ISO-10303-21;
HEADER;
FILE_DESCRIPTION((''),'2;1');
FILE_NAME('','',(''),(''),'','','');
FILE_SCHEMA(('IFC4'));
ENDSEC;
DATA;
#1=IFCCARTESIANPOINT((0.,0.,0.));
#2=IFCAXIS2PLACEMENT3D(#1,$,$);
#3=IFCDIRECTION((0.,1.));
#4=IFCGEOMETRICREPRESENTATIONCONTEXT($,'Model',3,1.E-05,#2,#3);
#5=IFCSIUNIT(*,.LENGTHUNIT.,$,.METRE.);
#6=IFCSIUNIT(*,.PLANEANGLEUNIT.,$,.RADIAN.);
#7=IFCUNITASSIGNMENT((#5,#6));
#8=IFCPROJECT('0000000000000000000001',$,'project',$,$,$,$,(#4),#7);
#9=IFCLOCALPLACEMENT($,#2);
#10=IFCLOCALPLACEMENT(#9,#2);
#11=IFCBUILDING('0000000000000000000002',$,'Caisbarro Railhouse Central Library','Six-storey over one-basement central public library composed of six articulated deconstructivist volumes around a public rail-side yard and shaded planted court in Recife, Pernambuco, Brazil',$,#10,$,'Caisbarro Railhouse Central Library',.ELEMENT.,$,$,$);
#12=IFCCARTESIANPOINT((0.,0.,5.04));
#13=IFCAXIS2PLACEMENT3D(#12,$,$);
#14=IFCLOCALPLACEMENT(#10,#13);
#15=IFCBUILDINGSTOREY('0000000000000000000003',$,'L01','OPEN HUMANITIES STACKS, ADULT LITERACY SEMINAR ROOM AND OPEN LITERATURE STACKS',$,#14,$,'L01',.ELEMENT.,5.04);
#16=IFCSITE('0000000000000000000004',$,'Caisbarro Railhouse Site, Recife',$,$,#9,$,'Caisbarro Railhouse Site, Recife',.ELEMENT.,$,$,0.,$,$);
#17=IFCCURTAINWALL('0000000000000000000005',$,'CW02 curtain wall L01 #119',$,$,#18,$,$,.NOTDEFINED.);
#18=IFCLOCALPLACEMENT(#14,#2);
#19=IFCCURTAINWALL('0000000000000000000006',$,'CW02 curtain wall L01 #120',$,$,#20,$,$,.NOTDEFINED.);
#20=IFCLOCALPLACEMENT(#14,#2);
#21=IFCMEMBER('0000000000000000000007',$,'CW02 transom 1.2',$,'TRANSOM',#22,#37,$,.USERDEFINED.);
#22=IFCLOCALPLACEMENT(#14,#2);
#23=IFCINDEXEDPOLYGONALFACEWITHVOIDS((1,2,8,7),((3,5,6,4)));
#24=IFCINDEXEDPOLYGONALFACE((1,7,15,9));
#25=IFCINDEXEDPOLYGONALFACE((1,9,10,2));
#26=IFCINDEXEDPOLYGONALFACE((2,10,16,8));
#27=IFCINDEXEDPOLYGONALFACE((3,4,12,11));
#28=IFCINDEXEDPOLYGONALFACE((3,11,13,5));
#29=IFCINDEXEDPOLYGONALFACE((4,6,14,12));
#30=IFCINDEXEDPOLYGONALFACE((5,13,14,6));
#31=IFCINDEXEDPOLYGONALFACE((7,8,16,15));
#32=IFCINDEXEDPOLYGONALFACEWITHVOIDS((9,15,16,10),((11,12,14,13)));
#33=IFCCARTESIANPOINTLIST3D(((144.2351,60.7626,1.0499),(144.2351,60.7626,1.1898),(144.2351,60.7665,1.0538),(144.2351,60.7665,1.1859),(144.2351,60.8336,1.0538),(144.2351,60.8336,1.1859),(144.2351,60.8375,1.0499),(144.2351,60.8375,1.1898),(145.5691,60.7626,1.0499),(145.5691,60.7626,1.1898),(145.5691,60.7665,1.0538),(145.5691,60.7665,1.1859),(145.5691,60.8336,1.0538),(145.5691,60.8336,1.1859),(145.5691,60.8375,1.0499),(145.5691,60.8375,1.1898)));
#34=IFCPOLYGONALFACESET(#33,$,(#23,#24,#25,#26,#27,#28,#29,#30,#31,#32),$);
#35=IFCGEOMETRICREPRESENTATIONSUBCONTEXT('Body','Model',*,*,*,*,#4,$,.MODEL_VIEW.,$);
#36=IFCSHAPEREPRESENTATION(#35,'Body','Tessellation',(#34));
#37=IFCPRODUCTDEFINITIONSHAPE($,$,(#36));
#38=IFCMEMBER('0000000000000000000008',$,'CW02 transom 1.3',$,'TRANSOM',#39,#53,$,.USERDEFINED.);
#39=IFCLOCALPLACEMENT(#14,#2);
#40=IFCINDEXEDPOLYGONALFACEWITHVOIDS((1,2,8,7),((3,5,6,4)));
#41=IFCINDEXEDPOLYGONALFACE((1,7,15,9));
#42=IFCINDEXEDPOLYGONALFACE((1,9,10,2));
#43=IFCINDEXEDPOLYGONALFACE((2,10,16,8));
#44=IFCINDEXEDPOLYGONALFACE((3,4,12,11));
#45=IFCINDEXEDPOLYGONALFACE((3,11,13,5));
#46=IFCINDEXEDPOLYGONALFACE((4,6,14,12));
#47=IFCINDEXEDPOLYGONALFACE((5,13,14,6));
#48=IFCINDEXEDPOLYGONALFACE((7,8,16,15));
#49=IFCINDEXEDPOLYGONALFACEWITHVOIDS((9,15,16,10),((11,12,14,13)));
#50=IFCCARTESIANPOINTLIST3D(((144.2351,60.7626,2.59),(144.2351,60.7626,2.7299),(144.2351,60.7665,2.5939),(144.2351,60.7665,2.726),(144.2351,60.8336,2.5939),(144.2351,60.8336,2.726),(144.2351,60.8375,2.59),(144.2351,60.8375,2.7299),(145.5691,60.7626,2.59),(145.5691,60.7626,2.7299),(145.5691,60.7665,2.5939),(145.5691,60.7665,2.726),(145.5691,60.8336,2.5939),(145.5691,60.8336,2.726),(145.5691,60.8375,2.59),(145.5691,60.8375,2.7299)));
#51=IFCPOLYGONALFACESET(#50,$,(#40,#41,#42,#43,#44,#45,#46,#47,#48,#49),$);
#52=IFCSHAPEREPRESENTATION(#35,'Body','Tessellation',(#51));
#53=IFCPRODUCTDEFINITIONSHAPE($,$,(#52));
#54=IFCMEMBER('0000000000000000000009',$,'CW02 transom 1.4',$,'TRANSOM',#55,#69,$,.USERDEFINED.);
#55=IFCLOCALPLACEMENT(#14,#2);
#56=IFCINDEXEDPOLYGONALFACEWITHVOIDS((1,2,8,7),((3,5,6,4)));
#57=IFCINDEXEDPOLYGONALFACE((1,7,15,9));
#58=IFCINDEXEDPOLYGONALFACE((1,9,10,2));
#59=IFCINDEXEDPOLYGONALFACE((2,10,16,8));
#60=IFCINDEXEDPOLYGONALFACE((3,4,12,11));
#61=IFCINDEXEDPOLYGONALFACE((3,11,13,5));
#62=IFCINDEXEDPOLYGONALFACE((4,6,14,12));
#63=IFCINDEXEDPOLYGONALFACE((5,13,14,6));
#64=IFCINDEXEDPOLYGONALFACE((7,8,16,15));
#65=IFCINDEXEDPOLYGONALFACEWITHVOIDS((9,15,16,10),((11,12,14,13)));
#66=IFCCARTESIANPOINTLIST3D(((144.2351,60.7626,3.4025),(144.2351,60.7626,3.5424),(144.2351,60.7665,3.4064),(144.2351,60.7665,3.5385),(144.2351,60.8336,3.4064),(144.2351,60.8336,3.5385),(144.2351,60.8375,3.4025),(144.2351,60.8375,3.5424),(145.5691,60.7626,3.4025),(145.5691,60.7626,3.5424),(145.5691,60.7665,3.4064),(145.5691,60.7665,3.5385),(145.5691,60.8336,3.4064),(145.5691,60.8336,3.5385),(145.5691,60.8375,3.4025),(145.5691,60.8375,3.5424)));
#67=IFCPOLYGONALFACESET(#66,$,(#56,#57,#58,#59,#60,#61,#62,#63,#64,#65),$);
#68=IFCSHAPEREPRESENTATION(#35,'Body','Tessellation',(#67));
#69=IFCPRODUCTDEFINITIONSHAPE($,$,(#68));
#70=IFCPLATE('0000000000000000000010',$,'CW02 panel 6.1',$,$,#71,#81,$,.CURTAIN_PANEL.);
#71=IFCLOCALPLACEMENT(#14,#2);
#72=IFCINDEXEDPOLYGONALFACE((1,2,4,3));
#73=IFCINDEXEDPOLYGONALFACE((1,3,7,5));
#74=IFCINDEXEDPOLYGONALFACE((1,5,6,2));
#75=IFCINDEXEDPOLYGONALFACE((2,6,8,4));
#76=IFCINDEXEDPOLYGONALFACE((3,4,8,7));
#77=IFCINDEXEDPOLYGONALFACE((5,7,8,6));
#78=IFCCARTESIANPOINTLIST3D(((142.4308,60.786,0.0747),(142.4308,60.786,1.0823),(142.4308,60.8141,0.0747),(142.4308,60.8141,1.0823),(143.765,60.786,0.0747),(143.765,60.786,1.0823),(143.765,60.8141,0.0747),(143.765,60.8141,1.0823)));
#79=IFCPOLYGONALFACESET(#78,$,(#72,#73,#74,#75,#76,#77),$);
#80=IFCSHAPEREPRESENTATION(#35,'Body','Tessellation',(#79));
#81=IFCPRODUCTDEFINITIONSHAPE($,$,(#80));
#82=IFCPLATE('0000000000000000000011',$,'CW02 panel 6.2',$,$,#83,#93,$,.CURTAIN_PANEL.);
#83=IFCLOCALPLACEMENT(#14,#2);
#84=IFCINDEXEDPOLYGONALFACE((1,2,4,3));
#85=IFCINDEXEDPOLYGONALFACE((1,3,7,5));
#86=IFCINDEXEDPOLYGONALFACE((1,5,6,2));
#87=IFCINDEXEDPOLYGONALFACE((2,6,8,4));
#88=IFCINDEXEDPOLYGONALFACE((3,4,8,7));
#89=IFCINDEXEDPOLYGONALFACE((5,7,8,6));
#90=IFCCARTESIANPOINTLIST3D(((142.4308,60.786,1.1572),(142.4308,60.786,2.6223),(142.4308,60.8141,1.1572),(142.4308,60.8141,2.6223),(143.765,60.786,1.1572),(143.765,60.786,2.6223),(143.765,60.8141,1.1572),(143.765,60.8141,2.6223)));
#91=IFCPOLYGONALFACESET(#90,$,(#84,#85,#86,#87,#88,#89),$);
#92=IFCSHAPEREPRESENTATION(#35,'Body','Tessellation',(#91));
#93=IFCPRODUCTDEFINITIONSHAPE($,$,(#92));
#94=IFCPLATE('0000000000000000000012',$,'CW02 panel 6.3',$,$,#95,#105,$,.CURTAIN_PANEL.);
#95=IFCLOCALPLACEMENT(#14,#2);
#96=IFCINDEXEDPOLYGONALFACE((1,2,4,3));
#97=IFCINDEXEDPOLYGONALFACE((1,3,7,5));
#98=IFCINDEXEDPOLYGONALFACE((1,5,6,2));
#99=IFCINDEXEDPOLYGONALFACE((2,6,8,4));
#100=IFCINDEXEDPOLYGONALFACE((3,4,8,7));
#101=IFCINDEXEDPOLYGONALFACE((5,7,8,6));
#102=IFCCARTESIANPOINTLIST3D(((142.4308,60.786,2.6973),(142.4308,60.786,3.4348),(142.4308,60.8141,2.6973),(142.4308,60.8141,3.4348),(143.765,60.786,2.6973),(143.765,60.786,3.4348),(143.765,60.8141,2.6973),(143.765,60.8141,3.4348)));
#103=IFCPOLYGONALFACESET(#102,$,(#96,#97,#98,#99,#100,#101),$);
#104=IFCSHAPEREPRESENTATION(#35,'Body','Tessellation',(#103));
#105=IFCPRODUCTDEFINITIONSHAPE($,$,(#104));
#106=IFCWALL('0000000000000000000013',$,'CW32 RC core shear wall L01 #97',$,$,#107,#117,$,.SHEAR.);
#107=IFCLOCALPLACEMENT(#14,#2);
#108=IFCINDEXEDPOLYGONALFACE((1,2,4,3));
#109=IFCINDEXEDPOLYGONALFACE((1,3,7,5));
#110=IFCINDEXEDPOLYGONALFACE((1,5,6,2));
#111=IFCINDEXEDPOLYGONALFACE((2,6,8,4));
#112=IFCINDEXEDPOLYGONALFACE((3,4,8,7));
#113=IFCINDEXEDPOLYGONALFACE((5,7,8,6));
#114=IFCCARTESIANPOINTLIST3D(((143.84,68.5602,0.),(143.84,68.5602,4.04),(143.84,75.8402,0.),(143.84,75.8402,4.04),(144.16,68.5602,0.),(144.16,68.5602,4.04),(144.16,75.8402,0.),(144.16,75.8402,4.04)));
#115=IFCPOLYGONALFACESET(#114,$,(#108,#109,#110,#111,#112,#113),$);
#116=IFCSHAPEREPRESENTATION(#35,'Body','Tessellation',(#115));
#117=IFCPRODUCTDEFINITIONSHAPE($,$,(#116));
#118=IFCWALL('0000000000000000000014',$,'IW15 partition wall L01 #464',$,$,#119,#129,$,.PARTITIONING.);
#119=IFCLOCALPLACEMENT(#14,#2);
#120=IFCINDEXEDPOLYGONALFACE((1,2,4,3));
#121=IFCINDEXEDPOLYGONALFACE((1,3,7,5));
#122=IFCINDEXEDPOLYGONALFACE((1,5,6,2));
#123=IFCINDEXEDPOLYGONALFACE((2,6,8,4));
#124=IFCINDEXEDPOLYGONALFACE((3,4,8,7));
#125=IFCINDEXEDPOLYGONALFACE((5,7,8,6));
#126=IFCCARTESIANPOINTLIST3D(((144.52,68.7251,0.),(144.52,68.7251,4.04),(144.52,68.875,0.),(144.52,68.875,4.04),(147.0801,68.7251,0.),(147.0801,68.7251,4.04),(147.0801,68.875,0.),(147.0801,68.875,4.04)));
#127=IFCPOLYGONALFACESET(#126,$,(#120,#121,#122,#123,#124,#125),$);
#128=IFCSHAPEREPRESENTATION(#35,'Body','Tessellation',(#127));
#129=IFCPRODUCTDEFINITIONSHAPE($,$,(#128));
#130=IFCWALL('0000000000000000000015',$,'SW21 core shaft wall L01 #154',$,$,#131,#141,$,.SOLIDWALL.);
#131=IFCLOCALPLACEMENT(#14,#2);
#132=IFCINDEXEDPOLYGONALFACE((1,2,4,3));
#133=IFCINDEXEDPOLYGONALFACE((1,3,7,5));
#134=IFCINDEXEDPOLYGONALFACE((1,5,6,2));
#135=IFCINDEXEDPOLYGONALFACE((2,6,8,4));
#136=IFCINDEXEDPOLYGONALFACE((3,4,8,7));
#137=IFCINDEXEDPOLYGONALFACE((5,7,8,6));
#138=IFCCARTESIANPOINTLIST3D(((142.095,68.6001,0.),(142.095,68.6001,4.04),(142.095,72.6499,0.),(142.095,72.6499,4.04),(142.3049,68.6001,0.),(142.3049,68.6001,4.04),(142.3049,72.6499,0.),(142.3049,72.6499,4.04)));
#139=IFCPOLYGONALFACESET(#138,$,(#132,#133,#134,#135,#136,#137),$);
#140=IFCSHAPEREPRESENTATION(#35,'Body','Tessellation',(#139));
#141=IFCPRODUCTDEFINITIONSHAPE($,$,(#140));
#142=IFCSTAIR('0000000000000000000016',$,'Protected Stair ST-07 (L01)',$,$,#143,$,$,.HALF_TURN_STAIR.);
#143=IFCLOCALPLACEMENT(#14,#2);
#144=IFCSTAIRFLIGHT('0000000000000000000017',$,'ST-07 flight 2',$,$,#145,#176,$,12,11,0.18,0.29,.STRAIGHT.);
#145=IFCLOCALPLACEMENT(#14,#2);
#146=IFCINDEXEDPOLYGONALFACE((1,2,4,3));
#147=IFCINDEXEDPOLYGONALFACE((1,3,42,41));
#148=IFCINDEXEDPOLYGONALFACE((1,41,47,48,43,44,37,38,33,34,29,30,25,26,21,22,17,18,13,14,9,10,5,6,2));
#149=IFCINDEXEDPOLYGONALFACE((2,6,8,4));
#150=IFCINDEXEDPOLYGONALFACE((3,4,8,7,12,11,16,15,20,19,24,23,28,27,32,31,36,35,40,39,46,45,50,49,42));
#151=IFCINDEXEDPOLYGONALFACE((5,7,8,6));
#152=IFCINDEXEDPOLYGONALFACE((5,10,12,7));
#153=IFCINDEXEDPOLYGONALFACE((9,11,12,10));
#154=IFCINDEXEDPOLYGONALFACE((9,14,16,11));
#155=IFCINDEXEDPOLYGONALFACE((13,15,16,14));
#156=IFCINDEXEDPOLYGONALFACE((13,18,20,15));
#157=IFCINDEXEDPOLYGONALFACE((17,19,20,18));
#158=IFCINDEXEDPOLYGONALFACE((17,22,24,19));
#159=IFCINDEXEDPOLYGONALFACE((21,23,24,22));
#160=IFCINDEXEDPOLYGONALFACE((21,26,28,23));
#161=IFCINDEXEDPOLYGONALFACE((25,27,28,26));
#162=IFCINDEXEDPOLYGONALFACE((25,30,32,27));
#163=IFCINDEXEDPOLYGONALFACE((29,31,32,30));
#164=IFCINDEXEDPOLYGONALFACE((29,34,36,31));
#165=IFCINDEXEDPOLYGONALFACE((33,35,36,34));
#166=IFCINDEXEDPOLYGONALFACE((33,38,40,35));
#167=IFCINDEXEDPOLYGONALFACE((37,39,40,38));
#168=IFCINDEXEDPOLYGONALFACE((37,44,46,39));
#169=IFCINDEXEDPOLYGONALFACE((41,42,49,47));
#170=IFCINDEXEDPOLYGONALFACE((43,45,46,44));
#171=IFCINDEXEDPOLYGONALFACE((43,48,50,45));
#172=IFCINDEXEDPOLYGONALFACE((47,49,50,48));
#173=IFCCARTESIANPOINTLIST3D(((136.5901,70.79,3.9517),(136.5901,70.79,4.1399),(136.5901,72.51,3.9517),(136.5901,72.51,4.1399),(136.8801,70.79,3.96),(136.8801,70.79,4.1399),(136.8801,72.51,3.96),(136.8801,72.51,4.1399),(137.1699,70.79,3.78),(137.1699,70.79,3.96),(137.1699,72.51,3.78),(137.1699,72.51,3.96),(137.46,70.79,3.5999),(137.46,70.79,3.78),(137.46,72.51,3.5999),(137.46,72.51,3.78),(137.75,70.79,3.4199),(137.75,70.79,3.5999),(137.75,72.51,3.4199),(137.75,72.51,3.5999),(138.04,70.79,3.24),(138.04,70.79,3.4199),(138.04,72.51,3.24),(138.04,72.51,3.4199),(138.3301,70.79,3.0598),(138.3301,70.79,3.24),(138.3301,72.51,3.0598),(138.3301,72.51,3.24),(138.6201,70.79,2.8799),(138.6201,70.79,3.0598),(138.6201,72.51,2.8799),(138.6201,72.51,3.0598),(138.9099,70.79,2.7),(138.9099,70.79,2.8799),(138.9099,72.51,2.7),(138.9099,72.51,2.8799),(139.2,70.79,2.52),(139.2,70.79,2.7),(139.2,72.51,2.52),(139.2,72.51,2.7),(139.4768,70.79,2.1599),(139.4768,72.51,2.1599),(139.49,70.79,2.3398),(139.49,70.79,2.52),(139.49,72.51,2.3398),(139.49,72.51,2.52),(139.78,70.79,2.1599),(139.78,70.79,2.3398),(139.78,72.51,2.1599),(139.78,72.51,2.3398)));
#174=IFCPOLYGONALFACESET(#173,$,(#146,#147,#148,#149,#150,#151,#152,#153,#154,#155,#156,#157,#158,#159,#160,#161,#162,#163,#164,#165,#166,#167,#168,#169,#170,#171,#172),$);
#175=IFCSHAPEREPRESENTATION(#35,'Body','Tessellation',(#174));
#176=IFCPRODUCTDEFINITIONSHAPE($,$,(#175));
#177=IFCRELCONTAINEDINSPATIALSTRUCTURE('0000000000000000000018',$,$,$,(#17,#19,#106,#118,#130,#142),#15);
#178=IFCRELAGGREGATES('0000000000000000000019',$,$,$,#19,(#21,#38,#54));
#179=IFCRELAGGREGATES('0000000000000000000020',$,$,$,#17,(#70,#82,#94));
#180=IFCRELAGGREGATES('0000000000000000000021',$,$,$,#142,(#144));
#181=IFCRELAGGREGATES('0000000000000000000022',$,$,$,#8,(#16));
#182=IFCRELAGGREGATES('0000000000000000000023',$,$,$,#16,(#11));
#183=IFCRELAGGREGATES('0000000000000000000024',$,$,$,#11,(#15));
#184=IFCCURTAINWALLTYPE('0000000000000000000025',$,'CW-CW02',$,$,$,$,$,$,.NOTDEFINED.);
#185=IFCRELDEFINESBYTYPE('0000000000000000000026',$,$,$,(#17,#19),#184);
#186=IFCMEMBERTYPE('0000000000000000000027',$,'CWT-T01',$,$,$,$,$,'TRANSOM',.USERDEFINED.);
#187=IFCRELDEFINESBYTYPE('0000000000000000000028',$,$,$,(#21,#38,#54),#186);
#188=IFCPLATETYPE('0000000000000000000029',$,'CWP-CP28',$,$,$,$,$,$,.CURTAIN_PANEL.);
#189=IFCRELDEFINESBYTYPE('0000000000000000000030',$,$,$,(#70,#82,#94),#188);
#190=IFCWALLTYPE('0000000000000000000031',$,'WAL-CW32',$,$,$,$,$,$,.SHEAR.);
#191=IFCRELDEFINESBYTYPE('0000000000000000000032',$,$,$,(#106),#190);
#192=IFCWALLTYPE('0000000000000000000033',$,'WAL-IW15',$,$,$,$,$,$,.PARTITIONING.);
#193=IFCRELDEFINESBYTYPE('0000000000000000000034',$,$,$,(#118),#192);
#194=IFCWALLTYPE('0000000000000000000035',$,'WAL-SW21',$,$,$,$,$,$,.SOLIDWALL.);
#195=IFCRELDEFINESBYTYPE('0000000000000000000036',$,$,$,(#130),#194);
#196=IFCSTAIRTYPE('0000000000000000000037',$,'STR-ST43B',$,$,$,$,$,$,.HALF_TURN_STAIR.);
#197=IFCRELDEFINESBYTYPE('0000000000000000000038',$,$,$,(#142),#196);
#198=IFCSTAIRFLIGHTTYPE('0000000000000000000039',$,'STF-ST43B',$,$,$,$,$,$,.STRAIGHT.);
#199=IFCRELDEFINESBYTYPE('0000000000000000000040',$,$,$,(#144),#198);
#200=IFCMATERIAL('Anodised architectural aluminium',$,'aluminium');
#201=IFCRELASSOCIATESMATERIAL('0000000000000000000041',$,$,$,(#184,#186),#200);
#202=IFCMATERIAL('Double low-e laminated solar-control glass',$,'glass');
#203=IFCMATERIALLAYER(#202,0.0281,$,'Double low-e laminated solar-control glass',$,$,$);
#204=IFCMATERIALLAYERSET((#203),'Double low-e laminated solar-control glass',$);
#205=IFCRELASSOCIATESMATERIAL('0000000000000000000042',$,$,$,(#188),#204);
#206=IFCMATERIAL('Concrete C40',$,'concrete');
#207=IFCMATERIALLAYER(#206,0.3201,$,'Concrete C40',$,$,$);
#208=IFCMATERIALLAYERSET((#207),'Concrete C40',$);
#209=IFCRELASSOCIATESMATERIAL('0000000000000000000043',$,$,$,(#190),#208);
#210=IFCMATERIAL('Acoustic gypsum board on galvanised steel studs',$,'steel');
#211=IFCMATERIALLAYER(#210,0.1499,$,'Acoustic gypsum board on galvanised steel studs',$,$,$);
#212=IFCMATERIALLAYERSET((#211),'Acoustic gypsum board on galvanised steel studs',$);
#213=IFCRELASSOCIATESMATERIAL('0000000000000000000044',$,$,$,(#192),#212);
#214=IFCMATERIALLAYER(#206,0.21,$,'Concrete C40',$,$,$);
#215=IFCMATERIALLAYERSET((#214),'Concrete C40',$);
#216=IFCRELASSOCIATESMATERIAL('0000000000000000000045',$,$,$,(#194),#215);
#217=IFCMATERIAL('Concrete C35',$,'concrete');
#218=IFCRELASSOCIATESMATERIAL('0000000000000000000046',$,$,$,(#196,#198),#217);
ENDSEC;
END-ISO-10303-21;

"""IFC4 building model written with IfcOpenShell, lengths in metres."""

from ifc_helpers import new_model, si_unit, direction, frame, frame_2d, origin, origin_2d, place, context, subcontext, project, spatial, polyline, rectangle, hollow_rectangle, outline, extrude, material, layer, layer_set, material_profile, profile_set, type_object, element, aggregate, save


model = new_model("IFC4")

# Units and contexts
model_context = context("Model", 3, precision=1e-05, world=origin(), true_north=direction((0.0, 1.0)))
body_context = subcontext(model_context, "Body", "Model", "MODEL_VIEW")
ifc_project = project(units=[si_unit("LENGTHUNIT", "METRE"), si_unit("PLANEANGLEUNIT", "RADIAN")], contexts=[model_context])

# Site, building, storey
site_placement = place(None, origin())
site = spatial("IfcSite", under=ifc_project, at=site_placement, Name="Caisbarro Railhouse Site, Recife", LongName="Caisbarro Railhouse Site, Recife", CompositionType="ELEMENT", RefElevation=0.0)
building_placement = place(site_placement, origin())
building = spatial("IfcBuilding", under=site, at=building_placement, Name="Caisbarro Railhouse Central Library", Description="Six-storey over one-basement central public library composed of six articulated deconstructivist volumes around a public rail-side yard and shaded planted court in Recife, Pernambuco, Brazil", LongName="Caisbarro Railhouse Central Library", CompositionType="ELEMENT")
storey_placement = place(building_placement, frame((0.0, 0.0, 5.04)))
storey = spatial("IfcBuildingStorey", under=building, at=storey_placement, Name="L01", Description="OPEN HUMANITIES STACKS, ADULT LITERACY SEMINAR ROOM AND OPEN LITERATURE STACKS", LongName="L01", CompositionType="ELEMENT", Elevation=5.04)

# Curtain walls
ifc_material_1 = material(Name="Anodised architectural aluminium", Category="aluminium")
curtain_wall_type = type_object("IfcCurtainWallType", Name="CW-CW02", PredefinedType="NOTDEFINED", material=ifc_material_1)
curtain_wall_1_placement = place(storey_placement, origin())
curtain_wall_1 = element("IfcCurtainWall", 1, at=curtain_wall_1_placement, inside=storey, type_object=curtain_wall_type, Name="CW02 curtain wall L01 #119", PredefinedType="NOTDEFINED")
curtain_wall_2_placement = place(storey_placement, origin())
curtain_wall_2 = element("IfcCurtainWall", 2, at=curtain_wall_2_placement, inside=storey, type_object=curtain_wall_type, Name="CW02 curtain wall L01 #120", PredefinedType="NOTDEFINED")

# Members
ifc_material_profile_1 = material_profile(ifc_material_1, hollow_rectangle(XDim=0.075, YDim=0.1399, WallThickness=0.0039, at=origin_2d()), Name="ALU-TRN-75X140")
ifc_profile_set_1 = profile_set([ifc_material_profile_1], Name="Anodised architectural aluminium")
member_type_1 = type_object("IfcMemberType", Name="CWT-T01", ElementType="TRANSOM", PredefinedType="USERDEFINED", material=ifc_profile_set_1)
member_1_placement = place(storey_placement, frame((144.2351, 60.8, 1.1199), z_axis=(1.0, 0.0, 0.0), x_axis=(0.0, 1.0, 0.0)))
member_1 = element("IfcMember", 3, at=member_1_placement, type_object=member_type_1, Name="CW02 transom 1.2", ObjectType="TRANSOM", PredefinedType="USERDEFINED", context=body_context, shape_type="SweptSolid", body=[
    extrude(hollow_rectangle(XDim=0.075, YDim=0.1399, WallThickness=0.0039, at=origin_2d()), origin(), (0.0, 0.0, 1.0), 1.334),
])
member_2_placement = place(storey_placement, frame((144.2351, 60.8, 2.6599), z_axis=(1.0, 0.0, 0.0), x_axis=(0.0, 1.0, 0.0)))
member_2 = element("IfcMember", 4, at=member_2_placement, type_object=member_type_1, Name="CW02 transom 1.3", ObjectType="TRANSOM", PredefinedType="USERDEFINED", context=body_context, shape_type="SweptSolid", body=[
    extrude(hollow_rectangle(XDim=0.075, YDim=0.1399, WallThickness=0.0039, at=origin_2d()), origin(), (0.0, 0.0, 1.0), 1.334),
])
member_3_placement = place(storey_placement, frame((144.2351, 60.8, 3.4724), z_axis=(1.0, 0.0, 0.0), x_axis=(0.0, 1.0, 0.0)))
member_3 = element("IfcMember", 5, at=member_3_placement, type_object=member_type_1, Name="CW02 transom 1.4", ObjectType="TRANSOM", PredefinedType="USERDEFINED", context=body_context, shape_type="SweptSolid", body=[
    extrude(hollow_rectangle(XDim=0.075, YDim=0.1399, WallThickness=0.0039, at=origin_2d()), origin(), (0.0, 0.0, 1.0), 1.334),
])
aggregate(curtain_wall_2, [member_1, member_2, member_3])

# Plates
ifc_material_2 = material(Name="Double low-e laminated solar-control glass", Category="glass")
ifc_layer_1 = layer(ifc_material_2, 0.0281, Name="Double low-e laminated solar-control glass")
ifc_layer_set_1 = layer_set([ifc_layer_1], Name="Double low-e laminated solar-control glass")
plate_type = type_object("IfcPlateType", Name="CWP-CP28", PredefinedType="CURTAIN_PANEL", material=ifc_layer_set_1)
plate_1_placement = place(storey_placement, frame((143.0979, 60.8, 0.0747), z_axis=(0.0, 0.0, 1.0), x_axis=(1.0, 0.0, 0.0)))
plate_1 = element("IfcPlate", 6, at=plate_1_placement, type_object=plate_type, Name="CW02 panel 6.1", PredefinedType="CURTAIN_PANEL", context=body_context, shape_type="SweptSolid", body=[
    extrude(rectangle(XDim=1.3342, YDim=0.0281, at=origin_2d()), origin(), (0.0, 0.0, 1.0), 1.0076),
])
plate_2_placement = place(storey_placement, frame((143.0979, 60.8, 1.1572), z_axis=(0.0, 0.0, 1.0), x_axis=(1.0, 0.0, 0.0)))
plate_2 = element("IfcPlate", 7, at=plate_2_placement, type_object=plate_type, Name="CW02 panel 6.2", PredefinedType="CURTAIN_PANEL", context=body_context, shape_type="SweptSolid", body=[
    extrude(rectangle(XDim=1.3342, YDim=0.0281, at=origin_2d()), origin(), (0.0, 0.0, 1.0), 1.4651),
])
plate_3_placement = place(storey_placement, frame((143.0979, 60.8, 2.6973), z_axis=(0.0, 0.0, 1.0), x_axis=(1.0, 0.0, 0.0)))
plate_3 = element("IfcPlate", 8, at=plate_3_placement, type_object=plate_type, Name="CW02 panel 6.3", PredefinedType="CURTAIN_PANEL", context=body_context, shape_type="SweptSolid", body=[
    extrude(rectangle(XDim=1.3342, YDim=0.0281, at=origin_2d()), origin(), (0.0, 0.0, 1.0), 0.7375),
])
aggregate(curtain_wall_1, [plate_1, plate_2, plate_3])

# Walls
ifc_material_3 = material(Name="Concrete C40", Category="concrete")
ifc_layer_2 = layer(ifc_material_3, 0.3201, Name="Concrete C40")
ifc_layer_set_2 = layer_set([ifc_layer_2], Name="Concrete C40")
wall_type_1 = type_object("IfcWallType", Name="WAL-CW32", PredefinedType="SHEAR", material=ifc_layer_set_2)
wall_1_placement = place(storey_placement, frame((144.0, 68.5601, 0.0), z_axis=(0.0, 0.0, 1.0), x_axis=(0.0, 1.0, 0.0)))
element("IfcWall", 9, at=wall_1_placement, inside=storey, type_object=wall_type_1, Name="CW32 RC core shear wall L01 #97", PredefinedType="SHEAR", context=body_context, shape_type="SweptSolid", body=[
    extrude(rectangle(XDim=7.28, YDim=0.3201, at=frame_2d((3.6401, 0.0))), origin(), (0.0, 0.0, 1.0), 4.04),
])
ifc_material_4 = material(Name="Acoustic gypsum board on galvanised steel studs", Category="steel")
ifc_layer_3 = layer(ifc_material_4, 0.1499, Name="Acoustic gypsum board on galvanised steel studs")
ifc_layer_set_3 = layer_set([ifc_layer_3], Name="Acoustic gypsum board on galvanised steel studs")
wall_type_2 = type_object("IfcWallType", Name="WAL-IW15", PredefinedType="PARTITIONING", material=ifc_layer_set_3)
wall_2_placement = place(storey_placement, frame((144.52, 68.8, 0.0), z_axis=(0.0, 0.0, 1.0), x_axis=(1.0, 0.0, 0.0)))
element("IfcWall", 10, at=wall_2_placement, inside=storey, type_object=wall_type_2, Name="IW15 partition wall L01 #464", PredefinedType="PARTITIONING", context=body_context, shape_type="SweptSolid", body=[
    extrude(rectangle(XDim=2.5601, YDim=0.1499, at=frame_2d((1.28, 0.0))), origin(), (0.0, 0.0, 1.0), 4.04),
])
ifc_layer_4 = layer(ifc_material_3, 0.21, Name="Concrete C40")
ifc_layer_set_4 = layer_set([ifc_layer_4], Name="Concrete C40")
wall_type_3 = type_object("IfcWallType", Name="WAL-SW21", PredefinedType="SOLIDWALL", material=ifc_layer_set_4)
wall_3_placement = place(storey_placement, frame((142.2, 68.6001, 0.0), z_axis=(0.0, 0.0, 1.0), x_axis=(0.0, 1.0, 0.0)))
element("IfcWall", 11, at=wall_3_placement, inside=storey, type_object=wall_type_3, Name="SW21 core shaft wall L01 #154", PredefinedType="SOLIDWALL", context=body_context, shape_type="SweptSolid", body=[
    extrude(rectangle(XDim=4.0498, YDim=0.21, at=frame_2d((2.0249, 0.0))), origin(), (0.0, 0.0, 1.0), 4.04),
])

# Stair, stair flight
ifc_material_5 = material(Name="Concrete C35", Category="concrete")
stair_type = type_object("IfcStairType", Name="STR-ST43B", PredefinedType="HALF_TURN_STAIR", material=ifc_material_5)
stair_placement = place(storey_placement, origin())
stair = element("IfcStair", 12, at=stair_placement, inside=storey, type_object=stair_type, Name="Protected Stair ST-07 (L01)", PredefinedType="HALF_TURN_STAIR")
stair_flight_type = type_object("IfcStairFlightType", Name="STF-ST43B", PredefinedType="STRAIGHT", material=ifc_material_5)
stair_flight_placement = place(storey_placement, frame((139.78, 71.6499, 2.1599), z_axis=(0.0, 0.0, 1.0), x_axis=(-1.0, 0.0, 0.0)))
stair_flight = element("IfcStairFlight", 13, at=stair_flight_placement, type_object=stair_flight_type, Name="ST-07 flight 2", NumberOfRisers=12, NumberOfTreads=11, PredefinedType="STRAIGHT", RiserHeight=0.18, TreadLength=0.29, context=body_context, shape_type="SweptSolid", body=[
    extrude(outline(polyline([(0.0, 0.0), (0.0, 0.1799), (0.29, 0.1799), (0.29, 0.3601), (0.5801, 0.3601), (0.5801, 0.54), (0.8701, 0.54), (0.8701, 0.72), (1.1599, 0.72), (1.1599, 0.8999), (1.45, 0.8999), (1.45, 1.0801), (1.74, 1.0801), (1.74, 1.26), (2.03, 1.26), (2.03, 1.4399), (2.3201, 1.4399), (2.3201, 1.6201), (2.6101, 1.6201), (2.6101, 1.8), (2.8999, 1.8), (2.8999, 1.98), (3.1899, 1.98), (3.1899, 2.1599), (3.1899, 1.7917), (0.3032, 0.0), (0.0, 0.0)])), frame((0.0, 0.8599, 0.0), z_axis=(0.0, -1.0, 0.0), x_axis=(1.0, 0.0, 0.0)), (0.0, 0.0, 1.0), 1.72),
])
aggregate(stair, [stair_flight])

save(model, "model.ifc")
